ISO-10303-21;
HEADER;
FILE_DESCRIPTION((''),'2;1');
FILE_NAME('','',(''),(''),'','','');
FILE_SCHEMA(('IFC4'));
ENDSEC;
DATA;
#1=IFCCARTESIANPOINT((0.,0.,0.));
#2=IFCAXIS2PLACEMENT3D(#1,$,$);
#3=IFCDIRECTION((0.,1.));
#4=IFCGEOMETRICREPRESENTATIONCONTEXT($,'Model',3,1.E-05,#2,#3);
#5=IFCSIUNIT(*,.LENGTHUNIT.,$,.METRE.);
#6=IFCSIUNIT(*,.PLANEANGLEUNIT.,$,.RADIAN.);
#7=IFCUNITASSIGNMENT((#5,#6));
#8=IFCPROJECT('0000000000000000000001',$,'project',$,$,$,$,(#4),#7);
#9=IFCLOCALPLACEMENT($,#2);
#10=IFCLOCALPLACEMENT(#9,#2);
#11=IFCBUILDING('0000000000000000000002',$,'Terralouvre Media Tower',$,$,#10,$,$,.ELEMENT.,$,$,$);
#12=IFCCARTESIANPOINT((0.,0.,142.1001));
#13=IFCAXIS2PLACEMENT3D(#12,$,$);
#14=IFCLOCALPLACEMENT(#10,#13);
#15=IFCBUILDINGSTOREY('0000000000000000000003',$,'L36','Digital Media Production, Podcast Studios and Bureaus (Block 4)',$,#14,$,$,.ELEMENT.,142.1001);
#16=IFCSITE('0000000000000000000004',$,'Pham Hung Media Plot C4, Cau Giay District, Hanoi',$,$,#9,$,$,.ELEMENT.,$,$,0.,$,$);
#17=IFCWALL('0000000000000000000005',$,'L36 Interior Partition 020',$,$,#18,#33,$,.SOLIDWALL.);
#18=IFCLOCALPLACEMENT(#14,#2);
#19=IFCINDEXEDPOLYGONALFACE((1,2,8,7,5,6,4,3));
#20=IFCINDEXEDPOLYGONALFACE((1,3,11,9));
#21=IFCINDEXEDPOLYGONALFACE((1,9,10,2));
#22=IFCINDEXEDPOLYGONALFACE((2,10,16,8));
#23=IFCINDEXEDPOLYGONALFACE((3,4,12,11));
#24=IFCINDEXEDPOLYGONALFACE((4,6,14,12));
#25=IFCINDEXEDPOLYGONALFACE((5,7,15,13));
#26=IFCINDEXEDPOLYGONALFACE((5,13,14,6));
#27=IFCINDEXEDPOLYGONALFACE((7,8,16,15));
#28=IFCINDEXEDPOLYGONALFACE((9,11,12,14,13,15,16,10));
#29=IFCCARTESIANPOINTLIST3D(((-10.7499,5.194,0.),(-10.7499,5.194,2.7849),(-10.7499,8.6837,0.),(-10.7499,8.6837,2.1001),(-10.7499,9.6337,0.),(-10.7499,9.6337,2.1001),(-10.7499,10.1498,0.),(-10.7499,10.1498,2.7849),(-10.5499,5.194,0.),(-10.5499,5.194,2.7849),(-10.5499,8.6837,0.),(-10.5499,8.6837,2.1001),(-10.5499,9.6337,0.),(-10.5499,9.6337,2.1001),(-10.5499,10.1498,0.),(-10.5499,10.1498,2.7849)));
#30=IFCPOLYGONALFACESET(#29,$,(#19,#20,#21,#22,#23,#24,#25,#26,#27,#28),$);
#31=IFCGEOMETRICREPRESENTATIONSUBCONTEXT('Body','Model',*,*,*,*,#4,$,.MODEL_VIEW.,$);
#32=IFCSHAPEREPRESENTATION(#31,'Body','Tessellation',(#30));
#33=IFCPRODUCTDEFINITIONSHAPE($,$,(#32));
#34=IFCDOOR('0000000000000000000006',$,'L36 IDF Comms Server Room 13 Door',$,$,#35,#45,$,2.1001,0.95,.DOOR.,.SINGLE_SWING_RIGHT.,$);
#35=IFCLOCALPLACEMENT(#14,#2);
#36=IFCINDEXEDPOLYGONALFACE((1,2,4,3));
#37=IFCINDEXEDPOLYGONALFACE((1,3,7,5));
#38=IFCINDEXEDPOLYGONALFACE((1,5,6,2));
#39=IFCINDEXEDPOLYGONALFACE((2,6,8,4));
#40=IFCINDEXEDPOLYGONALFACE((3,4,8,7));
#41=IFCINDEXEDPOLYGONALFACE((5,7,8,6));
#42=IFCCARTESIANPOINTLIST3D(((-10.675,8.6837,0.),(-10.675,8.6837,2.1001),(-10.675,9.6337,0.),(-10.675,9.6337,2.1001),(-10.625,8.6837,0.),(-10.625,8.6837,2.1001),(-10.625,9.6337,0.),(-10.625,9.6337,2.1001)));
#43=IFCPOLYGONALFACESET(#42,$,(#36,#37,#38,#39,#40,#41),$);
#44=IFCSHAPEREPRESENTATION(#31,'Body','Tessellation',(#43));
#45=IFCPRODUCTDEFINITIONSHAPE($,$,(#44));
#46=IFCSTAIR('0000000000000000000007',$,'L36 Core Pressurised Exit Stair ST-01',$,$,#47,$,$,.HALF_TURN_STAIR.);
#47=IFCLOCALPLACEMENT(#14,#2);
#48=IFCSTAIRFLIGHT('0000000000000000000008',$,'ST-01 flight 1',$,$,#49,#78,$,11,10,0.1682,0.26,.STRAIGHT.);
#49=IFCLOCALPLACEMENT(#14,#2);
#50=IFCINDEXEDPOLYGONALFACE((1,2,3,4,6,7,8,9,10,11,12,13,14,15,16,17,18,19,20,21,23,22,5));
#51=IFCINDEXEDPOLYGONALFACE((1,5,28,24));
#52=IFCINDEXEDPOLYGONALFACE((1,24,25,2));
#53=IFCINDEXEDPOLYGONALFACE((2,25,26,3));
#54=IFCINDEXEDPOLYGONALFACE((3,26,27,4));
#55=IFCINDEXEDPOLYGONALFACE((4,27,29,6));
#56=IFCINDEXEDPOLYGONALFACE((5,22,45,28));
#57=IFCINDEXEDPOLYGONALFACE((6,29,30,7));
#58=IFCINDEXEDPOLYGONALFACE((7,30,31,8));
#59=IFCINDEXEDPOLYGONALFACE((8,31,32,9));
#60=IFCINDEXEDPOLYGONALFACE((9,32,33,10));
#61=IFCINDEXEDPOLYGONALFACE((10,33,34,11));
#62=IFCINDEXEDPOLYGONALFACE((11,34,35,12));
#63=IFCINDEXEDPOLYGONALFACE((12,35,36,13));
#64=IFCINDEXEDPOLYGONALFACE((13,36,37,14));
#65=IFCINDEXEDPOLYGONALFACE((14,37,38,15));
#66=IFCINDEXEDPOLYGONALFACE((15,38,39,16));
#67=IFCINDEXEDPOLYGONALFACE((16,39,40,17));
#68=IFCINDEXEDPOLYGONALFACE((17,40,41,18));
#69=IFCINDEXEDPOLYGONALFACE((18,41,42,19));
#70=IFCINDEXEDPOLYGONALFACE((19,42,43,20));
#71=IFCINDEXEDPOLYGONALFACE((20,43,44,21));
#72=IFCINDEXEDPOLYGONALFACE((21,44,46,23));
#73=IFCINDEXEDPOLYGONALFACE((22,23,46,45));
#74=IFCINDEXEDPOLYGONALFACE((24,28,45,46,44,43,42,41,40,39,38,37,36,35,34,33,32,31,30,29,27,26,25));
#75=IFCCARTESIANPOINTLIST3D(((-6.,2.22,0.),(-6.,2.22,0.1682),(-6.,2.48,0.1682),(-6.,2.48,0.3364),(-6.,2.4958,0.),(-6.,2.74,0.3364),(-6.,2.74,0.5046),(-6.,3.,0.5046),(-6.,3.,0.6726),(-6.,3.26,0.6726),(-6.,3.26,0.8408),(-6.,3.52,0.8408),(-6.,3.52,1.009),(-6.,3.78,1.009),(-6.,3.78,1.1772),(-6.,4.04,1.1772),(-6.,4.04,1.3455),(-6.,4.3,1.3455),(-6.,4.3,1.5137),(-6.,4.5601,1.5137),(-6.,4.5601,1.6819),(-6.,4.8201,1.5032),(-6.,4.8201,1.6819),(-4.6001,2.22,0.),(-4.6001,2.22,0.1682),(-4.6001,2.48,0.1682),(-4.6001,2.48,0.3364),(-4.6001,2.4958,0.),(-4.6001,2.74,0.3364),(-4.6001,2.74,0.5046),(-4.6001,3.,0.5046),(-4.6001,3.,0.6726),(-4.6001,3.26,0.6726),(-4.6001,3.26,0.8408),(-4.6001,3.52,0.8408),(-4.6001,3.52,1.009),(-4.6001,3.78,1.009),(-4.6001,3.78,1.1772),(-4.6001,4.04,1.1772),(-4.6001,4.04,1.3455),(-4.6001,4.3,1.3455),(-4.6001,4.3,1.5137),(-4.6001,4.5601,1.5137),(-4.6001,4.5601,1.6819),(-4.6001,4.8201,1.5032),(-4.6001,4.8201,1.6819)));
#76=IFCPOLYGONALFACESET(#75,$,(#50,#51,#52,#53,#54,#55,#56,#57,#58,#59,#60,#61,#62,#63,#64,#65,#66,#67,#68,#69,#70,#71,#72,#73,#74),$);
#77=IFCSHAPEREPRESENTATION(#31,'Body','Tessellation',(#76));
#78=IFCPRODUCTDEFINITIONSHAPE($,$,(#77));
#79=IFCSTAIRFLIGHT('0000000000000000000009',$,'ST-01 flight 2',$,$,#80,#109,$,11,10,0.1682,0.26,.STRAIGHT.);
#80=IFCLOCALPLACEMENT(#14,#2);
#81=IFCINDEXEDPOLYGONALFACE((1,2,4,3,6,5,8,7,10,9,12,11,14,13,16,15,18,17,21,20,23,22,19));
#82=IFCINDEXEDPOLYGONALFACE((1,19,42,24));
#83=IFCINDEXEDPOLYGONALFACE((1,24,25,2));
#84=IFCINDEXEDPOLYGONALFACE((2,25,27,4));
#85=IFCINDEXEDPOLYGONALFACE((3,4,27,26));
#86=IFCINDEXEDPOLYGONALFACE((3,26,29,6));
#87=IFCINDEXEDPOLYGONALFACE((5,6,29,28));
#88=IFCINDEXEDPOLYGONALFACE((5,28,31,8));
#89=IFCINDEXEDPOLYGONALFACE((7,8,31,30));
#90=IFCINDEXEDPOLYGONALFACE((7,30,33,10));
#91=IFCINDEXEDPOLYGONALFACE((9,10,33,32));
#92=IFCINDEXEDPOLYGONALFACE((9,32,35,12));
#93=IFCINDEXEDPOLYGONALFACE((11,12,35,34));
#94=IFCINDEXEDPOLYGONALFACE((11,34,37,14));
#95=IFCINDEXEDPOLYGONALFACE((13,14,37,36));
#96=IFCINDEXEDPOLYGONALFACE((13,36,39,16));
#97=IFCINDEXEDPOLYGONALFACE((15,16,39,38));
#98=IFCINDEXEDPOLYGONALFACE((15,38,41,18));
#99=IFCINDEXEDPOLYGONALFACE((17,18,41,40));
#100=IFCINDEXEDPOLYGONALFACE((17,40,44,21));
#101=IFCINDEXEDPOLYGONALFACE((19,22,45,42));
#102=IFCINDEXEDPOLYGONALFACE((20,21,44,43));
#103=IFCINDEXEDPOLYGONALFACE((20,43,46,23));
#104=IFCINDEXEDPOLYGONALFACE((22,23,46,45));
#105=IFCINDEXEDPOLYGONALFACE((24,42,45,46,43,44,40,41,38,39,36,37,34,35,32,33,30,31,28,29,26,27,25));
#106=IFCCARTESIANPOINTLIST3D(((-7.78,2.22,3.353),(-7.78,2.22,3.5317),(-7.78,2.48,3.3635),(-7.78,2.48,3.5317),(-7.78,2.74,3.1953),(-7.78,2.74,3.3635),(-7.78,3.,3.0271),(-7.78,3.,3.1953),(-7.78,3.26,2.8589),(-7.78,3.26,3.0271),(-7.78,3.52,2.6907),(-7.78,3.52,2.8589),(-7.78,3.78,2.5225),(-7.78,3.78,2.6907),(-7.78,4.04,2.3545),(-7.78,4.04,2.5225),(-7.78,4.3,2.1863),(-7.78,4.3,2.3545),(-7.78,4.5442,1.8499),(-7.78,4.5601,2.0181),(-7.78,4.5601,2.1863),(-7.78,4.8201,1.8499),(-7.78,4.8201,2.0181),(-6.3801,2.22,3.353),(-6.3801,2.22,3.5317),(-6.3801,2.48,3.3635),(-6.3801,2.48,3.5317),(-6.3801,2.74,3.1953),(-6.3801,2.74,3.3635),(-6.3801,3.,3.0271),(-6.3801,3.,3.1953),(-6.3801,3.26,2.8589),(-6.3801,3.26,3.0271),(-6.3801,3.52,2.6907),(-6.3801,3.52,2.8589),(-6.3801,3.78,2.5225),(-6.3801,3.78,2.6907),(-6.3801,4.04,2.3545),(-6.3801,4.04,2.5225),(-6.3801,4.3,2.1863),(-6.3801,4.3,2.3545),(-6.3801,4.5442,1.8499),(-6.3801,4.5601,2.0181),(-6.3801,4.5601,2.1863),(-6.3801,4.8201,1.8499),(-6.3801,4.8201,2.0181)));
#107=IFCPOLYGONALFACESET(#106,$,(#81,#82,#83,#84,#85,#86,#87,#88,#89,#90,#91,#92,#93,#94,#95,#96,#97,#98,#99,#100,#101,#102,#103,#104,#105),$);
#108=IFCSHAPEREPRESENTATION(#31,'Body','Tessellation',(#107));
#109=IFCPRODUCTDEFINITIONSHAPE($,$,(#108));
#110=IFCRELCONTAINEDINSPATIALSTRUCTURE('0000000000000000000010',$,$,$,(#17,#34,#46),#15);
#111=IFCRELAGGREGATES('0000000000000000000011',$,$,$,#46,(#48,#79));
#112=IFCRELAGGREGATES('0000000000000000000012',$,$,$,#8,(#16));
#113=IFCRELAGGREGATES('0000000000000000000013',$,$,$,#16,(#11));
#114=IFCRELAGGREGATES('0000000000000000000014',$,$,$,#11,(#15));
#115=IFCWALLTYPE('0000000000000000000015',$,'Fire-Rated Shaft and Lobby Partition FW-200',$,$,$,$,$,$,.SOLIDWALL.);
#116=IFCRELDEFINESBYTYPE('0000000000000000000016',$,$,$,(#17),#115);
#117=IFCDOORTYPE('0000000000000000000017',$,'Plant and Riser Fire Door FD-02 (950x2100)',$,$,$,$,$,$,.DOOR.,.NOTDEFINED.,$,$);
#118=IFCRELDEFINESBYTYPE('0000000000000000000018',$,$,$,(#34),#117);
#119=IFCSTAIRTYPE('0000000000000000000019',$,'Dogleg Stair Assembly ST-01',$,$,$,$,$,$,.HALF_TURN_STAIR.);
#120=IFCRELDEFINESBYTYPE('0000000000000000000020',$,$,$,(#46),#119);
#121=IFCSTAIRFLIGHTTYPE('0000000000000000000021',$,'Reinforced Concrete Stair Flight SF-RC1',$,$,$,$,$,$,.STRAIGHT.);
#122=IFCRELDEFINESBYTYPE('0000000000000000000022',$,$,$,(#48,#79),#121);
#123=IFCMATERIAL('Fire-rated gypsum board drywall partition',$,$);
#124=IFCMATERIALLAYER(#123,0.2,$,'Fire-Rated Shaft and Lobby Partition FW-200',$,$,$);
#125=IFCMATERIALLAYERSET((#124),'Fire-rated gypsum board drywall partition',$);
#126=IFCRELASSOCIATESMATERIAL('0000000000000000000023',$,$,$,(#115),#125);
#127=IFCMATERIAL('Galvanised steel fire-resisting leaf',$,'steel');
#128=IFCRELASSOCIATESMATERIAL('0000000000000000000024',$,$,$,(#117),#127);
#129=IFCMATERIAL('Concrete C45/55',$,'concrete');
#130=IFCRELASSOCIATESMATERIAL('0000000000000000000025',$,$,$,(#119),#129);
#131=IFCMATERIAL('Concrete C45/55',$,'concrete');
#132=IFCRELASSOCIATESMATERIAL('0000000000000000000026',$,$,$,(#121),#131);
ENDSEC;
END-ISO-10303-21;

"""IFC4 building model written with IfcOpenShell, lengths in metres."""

from ifc_helpers import new_model, si_unit, direction, frame, frame_2d, origin, place, context, subcontext, project, spatial, polyline, rectangle, outline, extrude, material, layer, layer_set, type_object, element, fill, aggregate, save


model = new_model("IFC4")

# Units and contexts
model_context = context("Model", 3, precision=1e-05, world=origin(), true_north=direction((0.0, 1.0)))
body_context = subcontext(model_context, "Body", "Model", "MODEL_VIEW")
ifc_project = project(units=[si_unit("LENGTHUNIT", "METRE"), si_unit("PLANEANGLEUNIT", "RADIAN")], contexts=[model_context])

# Site, building, storey
site_placement = place(None, origin())
site = spatial("IfcSite", under=ifc_project, at=site_placement, Name="Pham Hung Media Plot C4, Cau Giay District, Hanoi", CompositionType="ELEMENT", RefElevation=0.0)
building_placement = place(site_placement, origin())
building = spatial("IfcBuilding", under=site, at=building_placement, Name="Terralouvre Media Tower", CompositionType="ELEMENT")
storey_placement = place(building_placement, frame((0.0, 0.0, 142.1001)))
storey = spatial("IfcBuildingStorey", under=building, at=storey_placement, Name="L36", Description="Digital Media Production, Podcast Studios and Bureaus (Block 4)", CompositionType="ELEMENT", Elevation=142.1001)

# Wall, opening, door
ifc_material_1 = material(Name="Fire-rated gypsum board drywall partition")
ifc_layer_1 = layer(ifc_material_1, 0.2, Name="Fire-Rated Shaft and Lobby Partition FW-200")
ifc_layer_set_1 = layer_set([ifc_layer_1], Name="Fire-rated gypsum board drywall partition")
wall_type_1 = type_object("IfcWallType", Name="Fire-Rated Shaft and Lobby Partition FW-200", PredefinedType="SOLIDWALL", material=ifc_layer_set_1)
wall_1_placement = place(storey_placement, frame((-10.6499, 10.1499, 0.0), z_axis=(0.0, 0.0, 1.0), x_axis=(0.0, -1.0, 0.0)))
wall_1 = element("IfcWall", 1, at=wall_1_placement, inside=storey, type_object=wall_type_1, Name="L36 Interior Partition 020", PredefinedType="SOLIDWALL", context=body_context, shape_type="SweptSolid", body=[
    extrude(rectangle(XDim=4.9558, YDim=0.2, at=frame_2d((2.478, 0.0))), origin(), (0.0, 0.0, 1.0), 2.7849),
])
opening_1_placement = place(wall_1_placement, frame((0.5161, 0.0, 0.0)))
opening_1 = element("IfcOpeningElement", 2, at=opening_1_placement, cuts=wall_1, PredefinedType="OPENING", context=body_context, shape_type="SweptSolid", body=[
    extrude(rectangle(XDim=0.95, YDim=2.1001, at=frame_2d((0.4751, 1.05))), frame((0.0, 0.1099, 0.0), z_axis=(0.0, -1.0, 0.0), x_axis=(1.0, 0.0, 0.0)), (0.0, 0.0, 1.0), 0.22),
])
ifc_material_2 = material(Name="Galvanised steel fire-resisting leaf", Category="steel")
door_type_1 = type_object("IfcDoorType", Name="Plant and Riser Fire Door FD-02 (950x2100)", OperationType="NOTDEFINED", PredefinedType="DOOR", material=ifc_material_2)
door_1_placement = place(opening_1_placement, origin())
door_1 = element("IfcDoor", 3, at=door_1_placement, inside=storey, type_object=door_type_1, Name="L36 IDF Comms Server Room 13 Door", OperationType="SINGLE_SWING_RIGHT", OverallHeight=2.1001, OverallWidth=0.95, PredefinedType="DOOR", context=body_context, shape_type="SweptSolid", body=[
    extrude(rectangle(XDim=0.95, YDim=2.1001, at=frame_2d((0.4751, 1.05))), frame((0.0, 0.0249, 0.0), z_axis=(0.0, -1.0, 0.0), x_axis=(1.0, 0.0, 0.0)), (0.0, 0.0, 1.0), 0.05),
])
fill(opening_1, door_1)

# Stair, stair flights
ifc_material_3 = material(Name="Concrete C45/55", Category="concrete")
stair_type = type_object("IfcStairType", Name="Dogleg Stair Assembly ST-01", PredefinedType="HALF_TURN_STAIR", material=ifc_material_3)
stair_placement = place(storey_placement, origin())
stair = element("IfcStair", 4, at=stair_placement, inside=storey, type_object=stair_type, Name="L36 Core Pressurised Exit Stair ST-01", PredefinedType="HALF_TURN_STAIR")
ifc_material_4 = material(Name="Concrete C45/55", Category="concrete")
stair_flight_type = type_object("IfcStairFlightType", Name="Reinforced Concrete Stair Flight SF-RC1", PredefinedType="STRAIGHT", material=ifc_material_4)
stair_flight_1_placement = place(storey_placement, frame((-5.3, 2.22, 0.0), z_axis=(0.0, 0.0, 1.0), x_axis=(0.0, 1.0, 0.0)))
stair_flight_1 = element("IfcStairFlight", 5, at=stair_flight_1_placement, type_object=stair_flight_type, Name="ST-01 flight 1", NumberOfRisers=11, NumberOfTreads=10, PredefinedType="STRAIGHT", RiserHeight=0.1682, TreadLength=0.26, context=body_context, shape_type="SweptSolid", body=[
    extrude(outline(polyline([(0.0, 0.0), (0.0, 0.1682), (0.26, 0.1682), (0.26, 0.3364), (0.52, 0.3364), (0.52, 0.5046), (0.78, 0.5046), (0.78, 0.6726), (1.04, 0.6726), (1.04, 0.8408), (1.3, 0.8408), (1.3, 1.009), (1.5601, 1.009), (1.5601, 1.1772), (1.8201, 1.1772), (1.8201, 1.3455), (2.0801, 1.3455), (2.0801, 1.5137), (2.3401, 1.5137), (2.3401, 1.6819), (2.6001, 1.6819), (2.6001, 1.8501), (2.6001, 1.5032), (0.2759, 0.0), (0.0, 0.0)])), frame((0.0, 0.7, 0.0), z_axis=(0.0, -1.0, 0.0), x_axis=(1.0, 0.0, 0.0)), (0.0, 0.0, 1.0), 1.3999),
])
stair_flight_2_placement = place(storey_placement, frame((-7.0801, 4.8201, 1.8499), z_axis=(0.0, 0.0, 1.0), x_axis=(0.0, -1.0, 0.0)))
stair_flight_2 = element("IfcStairFlight", 6, at=stair_flight_2_placement, type_object=stair_flight_type, Name="ST-01 flight 2", NumberOfRisers=11, NumberOfTreads=10, PredefinedType="STRAIGHT", RiserHeight=0.1682, TreadLength=0.26, context=body_context, shape_type="SweptSolid", body=[
    extrude(outline(polyline([(0.0, 0.0), (0.0, 0.1682), (0.26, 0.1682), (0.26, 0.3364), (0.52, 0.3364), (0.52, 0.5046), (0.78, 0.5046), (0.78, 0.6726), (1.04, 0.6726), (1.04, 0.8408), (1.3, 0.8408), (1.3, 1.009), (1.5601, 1.009), (1.5601, 1.1772), (1.8201, 1.1772), (1.8201, 1.3455), (2.0801, 1.3455), (2.0801, 1.5137), (2.3401, 1.5137), (2.3401, 1.6819), (2.6001, 1.6819), (2.6001, 1.8501), (2.6001, 1.5032), (0.2759, 0.0), (0.0, 0.0)])), frame((0.0, 0.7, 0.0), z_axis=(0.0, -1.0, 0.0), x_axis=(1.0, 0.0, 0.0)), (0.0, 0.0, 1.0), 1.3999),
])
aggregate(stair, [stair_flight_1, stair_flight_2])

save(model, "model.ifc")
